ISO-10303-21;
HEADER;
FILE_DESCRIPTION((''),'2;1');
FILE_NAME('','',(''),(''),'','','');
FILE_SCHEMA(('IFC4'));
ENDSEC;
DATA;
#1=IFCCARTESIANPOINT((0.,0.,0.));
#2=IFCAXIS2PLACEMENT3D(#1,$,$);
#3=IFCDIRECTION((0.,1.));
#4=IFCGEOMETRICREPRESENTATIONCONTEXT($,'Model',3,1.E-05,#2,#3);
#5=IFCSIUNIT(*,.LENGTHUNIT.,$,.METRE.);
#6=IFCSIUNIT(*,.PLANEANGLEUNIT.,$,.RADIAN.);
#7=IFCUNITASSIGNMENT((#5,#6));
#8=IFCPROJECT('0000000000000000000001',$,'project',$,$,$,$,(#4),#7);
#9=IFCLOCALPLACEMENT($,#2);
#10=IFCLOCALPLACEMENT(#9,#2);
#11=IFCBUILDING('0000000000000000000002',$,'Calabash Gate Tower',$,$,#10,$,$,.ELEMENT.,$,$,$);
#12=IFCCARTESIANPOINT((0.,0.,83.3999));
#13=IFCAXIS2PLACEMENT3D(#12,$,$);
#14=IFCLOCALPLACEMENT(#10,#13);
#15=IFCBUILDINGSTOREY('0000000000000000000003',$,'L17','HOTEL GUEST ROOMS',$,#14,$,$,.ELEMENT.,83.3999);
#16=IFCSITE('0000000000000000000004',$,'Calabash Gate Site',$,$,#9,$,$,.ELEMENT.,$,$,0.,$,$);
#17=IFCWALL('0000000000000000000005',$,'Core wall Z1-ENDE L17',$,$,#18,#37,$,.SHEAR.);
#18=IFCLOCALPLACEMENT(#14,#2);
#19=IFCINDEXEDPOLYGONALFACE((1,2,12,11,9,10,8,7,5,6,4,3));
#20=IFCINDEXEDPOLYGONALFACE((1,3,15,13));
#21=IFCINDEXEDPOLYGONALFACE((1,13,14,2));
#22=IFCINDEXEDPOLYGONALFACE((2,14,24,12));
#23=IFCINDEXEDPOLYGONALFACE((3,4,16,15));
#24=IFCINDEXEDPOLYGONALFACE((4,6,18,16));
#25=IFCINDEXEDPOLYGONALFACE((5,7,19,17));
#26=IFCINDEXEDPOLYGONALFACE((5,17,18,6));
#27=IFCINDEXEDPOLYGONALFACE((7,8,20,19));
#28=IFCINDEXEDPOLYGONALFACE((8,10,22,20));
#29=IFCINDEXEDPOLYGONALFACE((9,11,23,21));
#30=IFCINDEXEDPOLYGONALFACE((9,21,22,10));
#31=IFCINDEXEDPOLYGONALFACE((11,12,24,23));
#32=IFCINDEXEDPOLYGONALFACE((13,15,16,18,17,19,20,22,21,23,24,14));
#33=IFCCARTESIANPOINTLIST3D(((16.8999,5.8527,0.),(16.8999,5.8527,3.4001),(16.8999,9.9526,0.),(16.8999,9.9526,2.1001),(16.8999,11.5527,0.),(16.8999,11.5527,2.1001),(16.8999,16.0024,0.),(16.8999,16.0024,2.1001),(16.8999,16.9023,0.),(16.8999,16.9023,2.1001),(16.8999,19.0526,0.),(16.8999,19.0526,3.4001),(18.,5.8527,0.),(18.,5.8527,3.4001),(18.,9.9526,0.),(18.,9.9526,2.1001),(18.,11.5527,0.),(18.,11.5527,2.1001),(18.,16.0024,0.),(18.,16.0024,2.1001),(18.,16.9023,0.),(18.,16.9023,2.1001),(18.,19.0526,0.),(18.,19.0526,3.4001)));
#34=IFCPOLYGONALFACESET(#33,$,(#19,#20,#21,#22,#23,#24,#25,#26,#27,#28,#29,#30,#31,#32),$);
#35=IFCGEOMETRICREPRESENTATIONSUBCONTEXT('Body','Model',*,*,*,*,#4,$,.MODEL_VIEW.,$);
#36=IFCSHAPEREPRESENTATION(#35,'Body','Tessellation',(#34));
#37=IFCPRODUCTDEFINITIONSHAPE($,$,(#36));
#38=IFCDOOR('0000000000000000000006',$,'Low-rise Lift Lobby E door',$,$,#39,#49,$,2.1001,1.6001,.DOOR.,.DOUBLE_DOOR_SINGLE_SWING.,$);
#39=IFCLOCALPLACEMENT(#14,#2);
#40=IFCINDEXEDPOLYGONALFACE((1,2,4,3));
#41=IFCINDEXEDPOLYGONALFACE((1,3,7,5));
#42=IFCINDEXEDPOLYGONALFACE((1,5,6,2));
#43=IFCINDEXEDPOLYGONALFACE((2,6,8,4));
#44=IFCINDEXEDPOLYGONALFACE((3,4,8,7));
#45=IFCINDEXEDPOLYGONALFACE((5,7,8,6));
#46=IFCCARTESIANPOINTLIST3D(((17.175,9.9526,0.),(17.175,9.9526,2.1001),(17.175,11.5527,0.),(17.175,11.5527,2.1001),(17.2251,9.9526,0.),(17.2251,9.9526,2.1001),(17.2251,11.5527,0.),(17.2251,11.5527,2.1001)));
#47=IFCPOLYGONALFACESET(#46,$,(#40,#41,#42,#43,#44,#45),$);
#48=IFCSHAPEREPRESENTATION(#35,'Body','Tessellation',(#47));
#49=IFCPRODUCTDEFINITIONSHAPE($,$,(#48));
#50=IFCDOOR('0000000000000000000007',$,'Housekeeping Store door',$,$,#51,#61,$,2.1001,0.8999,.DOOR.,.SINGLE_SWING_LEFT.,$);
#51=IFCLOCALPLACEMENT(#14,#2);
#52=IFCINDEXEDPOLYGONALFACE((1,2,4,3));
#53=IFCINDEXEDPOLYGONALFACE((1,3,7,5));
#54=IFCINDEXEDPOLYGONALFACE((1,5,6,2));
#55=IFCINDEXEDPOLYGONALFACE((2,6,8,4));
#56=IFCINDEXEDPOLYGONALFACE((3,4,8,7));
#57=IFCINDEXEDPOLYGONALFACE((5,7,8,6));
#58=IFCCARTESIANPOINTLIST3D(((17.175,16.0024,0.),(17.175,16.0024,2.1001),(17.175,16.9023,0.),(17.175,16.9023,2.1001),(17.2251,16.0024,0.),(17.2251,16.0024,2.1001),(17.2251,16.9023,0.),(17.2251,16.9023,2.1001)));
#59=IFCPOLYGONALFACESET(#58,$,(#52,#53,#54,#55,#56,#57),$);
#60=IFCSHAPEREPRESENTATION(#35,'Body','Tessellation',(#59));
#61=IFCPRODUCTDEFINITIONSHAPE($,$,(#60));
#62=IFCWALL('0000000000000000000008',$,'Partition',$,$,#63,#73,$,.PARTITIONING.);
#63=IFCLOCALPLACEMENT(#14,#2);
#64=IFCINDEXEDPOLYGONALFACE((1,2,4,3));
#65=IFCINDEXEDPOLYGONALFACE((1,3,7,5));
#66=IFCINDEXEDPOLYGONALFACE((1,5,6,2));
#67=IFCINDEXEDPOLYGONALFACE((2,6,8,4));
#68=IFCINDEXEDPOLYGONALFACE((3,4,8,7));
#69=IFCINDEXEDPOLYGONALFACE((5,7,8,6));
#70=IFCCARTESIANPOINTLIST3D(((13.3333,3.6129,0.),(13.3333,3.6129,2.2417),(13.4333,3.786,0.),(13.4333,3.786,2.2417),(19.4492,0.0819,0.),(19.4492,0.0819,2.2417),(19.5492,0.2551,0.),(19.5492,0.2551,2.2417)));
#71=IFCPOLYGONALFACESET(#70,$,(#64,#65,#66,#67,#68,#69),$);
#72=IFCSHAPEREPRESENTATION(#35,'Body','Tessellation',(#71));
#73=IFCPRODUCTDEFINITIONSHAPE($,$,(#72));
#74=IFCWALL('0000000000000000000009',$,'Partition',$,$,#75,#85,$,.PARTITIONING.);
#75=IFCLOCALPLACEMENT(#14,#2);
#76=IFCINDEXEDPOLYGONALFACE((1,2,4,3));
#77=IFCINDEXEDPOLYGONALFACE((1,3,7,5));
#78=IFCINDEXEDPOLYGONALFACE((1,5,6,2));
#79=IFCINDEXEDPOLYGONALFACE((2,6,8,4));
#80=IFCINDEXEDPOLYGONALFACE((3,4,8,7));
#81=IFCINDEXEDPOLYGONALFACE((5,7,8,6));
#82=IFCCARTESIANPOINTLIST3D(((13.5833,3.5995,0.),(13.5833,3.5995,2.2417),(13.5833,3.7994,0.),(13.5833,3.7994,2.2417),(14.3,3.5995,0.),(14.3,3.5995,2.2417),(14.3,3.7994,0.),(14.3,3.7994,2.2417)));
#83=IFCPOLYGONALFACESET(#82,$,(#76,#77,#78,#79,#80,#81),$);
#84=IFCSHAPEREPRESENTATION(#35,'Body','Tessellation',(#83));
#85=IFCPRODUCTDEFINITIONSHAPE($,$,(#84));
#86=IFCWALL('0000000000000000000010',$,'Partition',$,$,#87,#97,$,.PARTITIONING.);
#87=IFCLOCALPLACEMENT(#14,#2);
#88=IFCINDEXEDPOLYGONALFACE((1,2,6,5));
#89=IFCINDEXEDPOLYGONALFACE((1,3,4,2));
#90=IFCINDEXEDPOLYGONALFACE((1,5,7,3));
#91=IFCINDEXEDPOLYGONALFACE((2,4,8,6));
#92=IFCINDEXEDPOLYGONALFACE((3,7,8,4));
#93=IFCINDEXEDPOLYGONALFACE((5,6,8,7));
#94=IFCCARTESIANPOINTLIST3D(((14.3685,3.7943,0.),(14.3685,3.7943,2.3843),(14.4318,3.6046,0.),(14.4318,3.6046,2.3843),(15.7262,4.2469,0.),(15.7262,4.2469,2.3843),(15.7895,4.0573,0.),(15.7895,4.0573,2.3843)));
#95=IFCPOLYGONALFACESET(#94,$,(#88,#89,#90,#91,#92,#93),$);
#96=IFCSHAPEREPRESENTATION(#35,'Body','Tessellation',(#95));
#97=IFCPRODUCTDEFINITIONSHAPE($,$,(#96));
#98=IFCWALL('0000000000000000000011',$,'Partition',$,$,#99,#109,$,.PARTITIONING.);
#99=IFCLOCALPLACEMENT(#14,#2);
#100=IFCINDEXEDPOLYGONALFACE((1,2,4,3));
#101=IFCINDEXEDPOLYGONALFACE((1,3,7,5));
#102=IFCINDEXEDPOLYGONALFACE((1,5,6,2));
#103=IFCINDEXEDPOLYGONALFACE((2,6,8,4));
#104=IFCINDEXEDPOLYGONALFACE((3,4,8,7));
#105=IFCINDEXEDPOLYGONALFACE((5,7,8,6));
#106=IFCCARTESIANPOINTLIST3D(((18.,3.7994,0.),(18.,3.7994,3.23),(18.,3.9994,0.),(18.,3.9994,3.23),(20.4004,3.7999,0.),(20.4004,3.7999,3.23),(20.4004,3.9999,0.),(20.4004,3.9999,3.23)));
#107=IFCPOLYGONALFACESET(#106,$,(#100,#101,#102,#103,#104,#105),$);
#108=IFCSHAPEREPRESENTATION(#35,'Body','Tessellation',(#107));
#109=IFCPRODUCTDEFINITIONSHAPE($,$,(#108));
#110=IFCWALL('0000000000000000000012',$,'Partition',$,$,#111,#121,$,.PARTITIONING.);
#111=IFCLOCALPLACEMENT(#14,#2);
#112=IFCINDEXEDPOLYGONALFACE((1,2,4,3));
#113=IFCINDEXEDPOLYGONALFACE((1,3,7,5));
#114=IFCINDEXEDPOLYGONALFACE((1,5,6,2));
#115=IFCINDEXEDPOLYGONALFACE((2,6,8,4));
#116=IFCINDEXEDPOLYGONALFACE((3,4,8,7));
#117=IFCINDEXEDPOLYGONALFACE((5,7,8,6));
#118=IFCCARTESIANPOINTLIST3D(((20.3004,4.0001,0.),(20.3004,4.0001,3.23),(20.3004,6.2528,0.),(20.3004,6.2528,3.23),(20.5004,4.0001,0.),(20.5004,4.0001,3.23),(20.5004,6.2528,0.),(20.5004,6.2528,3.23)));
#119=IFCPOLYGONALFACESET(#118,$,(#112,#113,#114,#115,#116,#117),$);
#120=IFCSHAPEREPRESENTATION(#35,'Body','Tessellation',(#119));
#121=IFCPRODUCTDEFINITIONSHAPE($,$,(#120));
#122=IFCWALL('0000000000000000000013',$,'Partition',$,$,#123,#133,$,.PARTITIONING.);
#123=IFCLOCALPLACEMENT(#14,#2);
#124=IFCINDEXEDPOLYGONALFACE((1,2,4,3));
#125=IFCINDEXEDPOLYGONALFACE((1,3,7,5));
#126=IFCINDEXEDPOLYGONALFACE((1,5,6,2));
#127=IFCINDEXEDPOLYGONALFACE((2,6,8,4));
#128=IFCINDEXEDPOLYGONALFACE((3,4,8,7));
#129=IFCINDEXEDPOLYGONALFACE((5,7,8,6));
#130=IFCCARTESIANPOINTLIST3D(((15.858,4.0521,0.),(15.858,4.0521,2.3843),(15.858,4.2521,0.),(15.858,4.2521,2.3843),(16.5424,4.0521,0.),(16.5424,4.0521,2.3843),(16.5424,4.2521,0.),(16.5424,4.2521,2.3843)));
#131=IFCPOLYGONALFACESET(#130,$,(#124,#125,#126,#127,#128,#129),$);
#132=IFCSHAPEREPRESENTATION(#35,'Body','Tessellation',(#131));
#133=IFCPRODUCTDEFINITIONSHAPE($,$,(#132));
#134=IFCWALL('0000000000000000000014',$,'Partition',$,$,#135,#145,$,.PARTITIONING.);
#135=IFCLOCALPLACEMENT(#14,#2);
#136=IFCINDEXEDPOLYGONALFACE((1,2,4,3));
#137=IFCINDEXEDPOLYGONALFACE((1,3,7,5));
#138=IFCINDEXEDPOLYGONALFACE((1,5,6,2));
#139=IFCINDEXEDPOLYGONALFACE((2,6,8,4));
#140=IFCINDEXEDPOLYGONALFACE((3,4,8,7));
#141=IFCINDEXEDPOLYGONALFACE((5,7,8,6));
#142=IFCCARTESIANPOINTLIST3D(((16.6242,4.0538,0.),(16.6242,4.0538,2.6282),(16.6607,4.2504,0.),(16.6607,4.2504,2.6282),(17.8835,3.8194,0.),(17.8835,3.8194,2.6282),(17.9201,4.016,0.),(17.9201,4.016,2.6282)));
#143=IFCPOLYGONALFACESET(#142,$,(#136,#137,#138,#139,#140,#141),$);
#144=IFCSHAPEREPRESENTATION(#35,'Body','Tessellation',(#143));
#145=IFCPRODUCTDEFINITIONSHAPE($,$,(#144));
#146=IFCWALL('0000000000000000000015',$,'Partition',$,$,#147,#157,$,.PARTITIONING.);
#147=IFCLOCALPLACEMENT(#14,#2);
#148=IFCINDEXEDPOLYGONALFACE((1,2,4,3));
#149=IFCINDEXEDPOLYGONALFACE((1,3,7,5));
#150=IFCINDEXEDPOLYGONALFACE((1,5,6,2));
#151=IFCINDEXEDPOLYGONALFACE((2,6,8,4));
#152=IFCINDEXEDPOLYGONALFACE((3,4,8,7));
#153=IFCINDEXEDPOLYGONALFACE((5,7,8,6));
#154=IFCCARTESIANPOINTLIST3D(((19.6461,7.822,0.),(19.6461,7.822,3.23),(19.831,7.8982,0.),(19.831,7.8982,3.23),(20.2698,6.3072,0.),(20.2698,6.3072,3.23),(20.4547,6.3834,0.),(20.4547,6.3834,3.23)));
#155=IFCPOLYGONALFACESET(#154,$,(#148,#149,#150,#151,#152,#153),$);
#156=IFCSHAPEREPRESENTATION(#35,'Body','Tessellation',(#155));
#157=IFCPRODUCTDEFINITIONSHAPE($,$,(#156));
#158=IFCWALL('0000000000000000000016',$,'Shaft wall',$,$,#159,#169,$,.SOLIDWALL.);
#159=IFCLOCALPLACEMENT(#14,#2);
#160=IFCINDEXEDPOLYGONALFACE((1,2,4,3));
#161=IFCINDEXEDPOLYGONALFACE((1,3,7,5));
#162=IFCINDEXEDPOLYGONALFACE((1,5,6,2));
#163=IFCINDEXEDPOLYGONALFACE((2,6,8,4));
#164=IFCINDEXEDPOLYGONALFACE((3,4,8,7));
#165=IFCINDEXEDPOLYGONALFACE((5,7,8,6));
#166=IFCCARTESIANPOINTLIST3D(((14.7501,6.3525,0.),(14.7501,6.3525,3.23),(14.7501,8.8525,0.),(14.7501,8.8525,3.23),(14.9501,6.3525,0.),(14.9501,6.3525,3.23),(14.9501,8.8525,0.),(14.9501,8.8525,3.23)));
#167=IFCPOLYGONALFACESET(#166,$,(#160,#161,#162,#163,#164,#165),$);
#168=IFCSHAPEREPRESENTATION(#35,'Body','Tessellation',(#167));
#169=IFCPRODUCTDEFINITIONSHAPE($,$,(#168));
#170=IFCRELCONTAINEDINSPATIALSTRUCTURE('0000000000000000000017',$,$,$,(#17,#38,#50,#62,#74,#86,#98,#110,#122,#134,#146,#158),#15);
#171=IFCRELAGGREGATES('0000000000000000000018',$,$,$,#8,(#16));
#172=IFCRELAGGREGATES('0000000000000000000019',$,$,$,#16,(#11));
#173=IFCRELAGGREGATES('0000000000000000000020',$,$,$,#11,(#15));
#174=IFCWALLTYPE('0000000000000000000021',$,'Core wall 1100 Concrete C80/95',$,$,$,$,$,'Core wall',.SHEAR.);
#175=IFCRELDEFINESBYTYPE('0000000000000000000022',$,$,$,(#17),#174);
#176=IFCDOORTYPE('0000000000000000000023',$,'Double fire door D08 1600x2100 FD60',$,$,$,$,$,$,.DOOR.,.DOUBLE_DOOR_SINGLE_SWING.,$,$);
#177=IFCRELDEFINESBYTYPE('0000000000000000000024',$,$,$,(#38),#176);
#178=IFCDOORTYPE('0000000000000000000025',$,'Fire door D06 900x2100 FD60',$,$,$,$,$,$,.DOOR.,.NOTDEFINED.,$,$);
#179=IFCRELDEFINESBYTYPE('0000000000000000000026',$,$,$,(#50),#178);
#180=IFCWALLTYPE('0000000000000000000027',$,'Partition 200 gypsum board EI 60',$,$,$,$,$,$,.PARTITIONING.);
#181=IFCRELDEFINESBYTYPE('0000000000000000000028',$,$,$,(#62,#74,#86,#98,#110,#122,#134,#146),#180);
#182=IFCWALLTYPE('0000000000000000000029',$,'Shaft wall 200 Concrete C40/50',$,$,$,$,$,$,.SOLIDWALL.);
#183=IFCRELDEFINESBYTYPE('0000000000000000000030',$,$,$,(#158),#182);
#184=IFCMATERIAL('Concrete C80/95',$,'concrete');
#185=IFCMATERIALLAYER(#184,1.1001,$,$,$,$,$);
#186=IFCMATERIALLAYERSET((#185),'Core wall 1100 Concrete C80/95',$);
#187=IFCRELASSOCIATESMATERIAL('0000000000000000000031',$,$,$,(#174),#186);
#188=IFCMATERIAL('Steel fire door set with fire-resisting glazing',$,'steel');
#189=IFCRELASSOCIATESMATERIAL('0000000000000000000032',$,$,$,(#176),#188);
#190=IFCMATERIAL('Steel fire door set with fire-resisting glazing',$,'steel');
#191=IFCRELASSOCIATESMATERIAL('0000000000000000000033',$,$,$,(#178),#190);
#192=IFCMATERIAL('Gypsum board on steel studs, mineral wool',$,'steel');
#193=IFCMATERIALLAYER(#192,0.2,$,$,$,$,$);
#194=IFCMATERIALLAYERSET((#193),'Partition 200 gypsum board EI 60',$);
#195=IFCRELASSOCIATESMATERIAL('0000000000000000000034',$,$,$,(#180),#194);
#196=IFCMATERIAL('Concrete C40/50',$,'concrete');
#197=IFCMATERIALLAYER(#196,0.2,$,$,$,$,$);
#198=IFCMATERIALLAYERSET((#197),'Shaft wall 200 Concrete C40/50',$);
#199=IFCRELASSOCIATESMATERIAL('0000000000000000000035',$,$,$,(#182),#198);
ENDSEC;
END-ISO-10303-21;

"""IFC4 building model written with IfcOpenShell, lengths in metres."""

from ifc_helpers import new_model, si_unit, direction, frame, frame_2d, origin, place, context, subcontext, project, spatial, rectangle, extrude, material, layer, layer_set, type_object, element, fill, save


model = new_model("IFC4")

# Units and contexts
model_context = context("Model", 3, precision=1e-05, world=origin(), true_north=direction((0.0, 1.0)))
body_context = subcontext(model_context, "Body", "Model", "MODEL_VIEW")
ifc_project = project(units=[si_unit("LENGTHUNIT", "METRE"), si_unit("PLANEANGLEUNIT", "RADIAN")], contexts=[model_context])

# Site, building, storey
site_placement = place(None, origin())
site = spatial("IfcSite", under=ifc_project, at=site_placement, Name="Calabash Gate Site", CompositionType="ELEMENT", RefElevation=0.0)
building_placement = place(site_placement, origin())
building = spatial("IfcBuilding", under=site, at=building_placement, Name="Calabash Gate Tower", CompositionType="ELEMENT")
storey_placement = place(building_placement, frame((0.0, 0.0, 83.3999)))
storey = spatial("IfcBuildingStorey", under=building, at=storey_placement, Name="L17", Description="HOTEL GUEST ROOMS", CompositionType="ELEMENT", Elevation=83.3999)

# Wall, openings, doors
ifc_material_1 = material(Name="Concrete C80/95", Category="concrete")
ifc_layer_1 = layer(ifc_material_1, 1.1001)
ifc_layer_set_1 = layer_set([ifc_layer_1], Name="Core wall 1100 Concrete C80/95")
wall_type_1 = type_object("IfcWallType", Name="Core wall 1100 Concrete C80/95", ElementType="Core wall", PredefinedType="SHEAR", material=ifc_layer_set_1)
wall_1_placement = place(storey_placement, frame((17.45, 5.8525, 0.0), z_axis=(0.0, 0.0, 1.0), x_axis=(0.0, 1.0, 0.0)))
wall_1 = element("IfcWall", 1, at=wall_1_placement, inside=storey, type_object=wall_type_1, Name="Core wall Z1-ENDE L17", PredefinedType="SHEAR", context=body_context, shape_type="SweptSolid", body=[
    extrude(rectangle(XDim=13.2, YDim=1.1001, at=frame_2d((6.6001, 0.0))), origin(), (0.0, 0.0, 1.0), 3.4001),
])
opening_1_placement = place(wall_1_placement, frame((4.1001, 0.0, 0.0)))
opening_1 = element("IfcOpeningElement", 2, at=opening_1_placement, cuts=wall_1, PredefinedType="OPENING", context=body_context, shape_type="SweptSolid", body=[
    extrude(rectangle(XDim=1.6001, YDim=2.1001, at=frame_2d((0.8, 1.05))), frame((0.0, 0.5601, 0.0), z_axis=(0.0, -1.0, 0.0), x_axis=(1.0, 0.0, 0.0)), (0.0, 0.0, 1.0), 1.1201),
])
opening_2_placement = place(wall_1_placement, frame((10.1499, 0.0, 0.0)))
opening_2 = element("IfcOpeningElement", 3, at=opening_2_placement, cuts=wall_1, PredefinedType="OPENING", context=body_context, shape_type="SweptSolid", body=[
    extrude(rectangle(XDim=0.8999, YDim=2.1001, at=frame_2d((0.45, 1.05))), frame((0.0, 0.5601, 0.0), z_axis=(0.0, -1.0, 0.0), x_axis=(1.0, 0.0, 0.0)), (0.0, 0.0, 1.0), 1.1201),
])
ifc_material_2 = material(Name="Steel fire door set with fire-resisting glazing", Category="steel")
door_type_1 = type_object("IfcDoorType", Name="Double fire door D08 1600x2100 FD60", OperationType="DOUBLE_DOOR_SINGLE_SWING", PredefinedType="DOOR", material=ifc_material_2)
door_1_placement = place(opening_1_placement, origin())
door_1 = element("IfcDoor", 4, at=door_1_placement, inside=storey, type_object=door_type_1, Name="Low-rise Lift Lobby E door", OperationType="DOUBLE_DOOR_SINGLE_SWING", OverallHeight=2.1001, OverallWidth=1.6001, PredefinedType="DOOR", context=body_context, shape_type="SweptSolid", body=[
    extrude(rectangle(XDim=1.6001, YDim=2.1001, at=frame_2d((0.8, 1.05))), frame((0.0, 0.2749, 0.0), z_axis=(0.0, -1.0, 0.0), x_axis=(1.0, 0.0, 0.0)), (0.0, 0.0, 1.0), 0.05),
])
fill(opening_1, door_1)
ifc_material_3 = material(Name="Steel fire door set with fire-resisting glazing", Category="steel")
door_type_2 = type_object("IfcDoorType", Name="Fire door D06 900x2100 FD60", OperationType="NOTDEFINED", PredefinedType="DOOR", material=ifc_material_3)
door_2_placement = place(opening_2_placement, origin())
door_2 = element("IfcDoor", 5, at=door_2_placement, inside=storey, type_object=door_type_2, Name="Housekeeping Store door", OperationType="SINGLE_SWING_LEFT", OverallHeight=2.1001, OverallWidth=0.8999, PredefinedType="DOOR", context=body_context, shape_type="SweptSolid", body=[
    extrude(rectangle(XDim=0.8999, YDim=2.1001, at=frame_2d((0.45, 1.05))), frame((0.0, 0.2749, 0.0), z_axis=(0.0, -1.0, 0.0), x_axis=(1.0, 0.0, 0.0)), (0.0, 0.0, 1.0), 0.05),
])
fill(opening_2, door_2)

# Walls
ifc_material_4 = material(Name="Gypsum board on steel studs, mineral wool", Category="steel")
ifc_layer_2 = layer(ifc_material_4, 0.2)
ifc_layer_set_2 = layer_set([ifc_layer_2], Name="Partition 200 gypsum board EI 60")
wall_type_2 = type_object("IfcWallType", Name="Partition 200 gypsum board EI 60", PredefinedType="PARTITIONING", material=ifc_layer_set_2)
wall_2_placement = place(storey_placement, frame((13.3833, 3.6995, 0.0), z_axis=(0.0, 0.0, 1.0), x_axis=(0.866028, -0.499995, 0.0)))
element("IfcWall", 6, at=wall_2_placement, inside=storey, type_object=wall_type_2, Name="Partition", PredefinedType="PARTITIONING", context=body_context, shape_type="SweptSolid", body=[
    extrude(rectangle(XDim=7.062, YDim=0.2, at=frame_2d((3.531, 0.0))), origin(), (0.0, 0.0, 1.0), 2.2417),
])
wall_3_placement = place(storey_placement, frame((13.5833, 3.6995, 0.0), z_axis=(0.0, 0.0, 1.0), x_axis=(1.0, 0.0, 0.0)))
element("IfcWall", 7, at=wall_3_placement, inside=storey, type_object=wall_type_2, Name="Partition", PredefinedType="PARTITIONING", context=body_context, shape_type="SweptSolid", body=[
    extrude(rectangle(XDim=0.7168, YDim=0.2, at=frame_2d((0.3584, 0.0))), origin(), (0.0, 0.0, 1.0), 2.2417),
])
wall_4_placement = place(storey_placement, frame((14.4001, 3.6995, 0.0), z_axis=(0.0, 0.0, 1.0), x_axis=(0.948666, 0.316279, 0.0)))
element("IfcWall", 8, at=wall_4_placement, inside=storey, type_object=wall_type_2, Name="Partition", PredefinedType="PARTITIONING", context=body_context, shape_type="SweptSolid", body=[
    extrude(rectangle(XDim=1.4312, YDim=0.2, at=frame_2d((0.7156, 0.0))), origin(), (0.0, 0.0, 1.0), 2.3843),
])
wall_5_placement = place(storey_placement, frame((18.0, 3.8994, 0.0), z_axis=(0.0, 0.0, 1.0), x_axis=(1.0, 0.000203, 0.0)))
element("IfcWall", 9, at=wall_5_placement, inside=storey, type_object=wall_type_2, Name="Partition", PredefinedType="PARTITIONING", context=body_context, shape_type="SweptSolid", body=[
    extrude(rectangle(XDim=2.4004, YDim=0.2, at=frame_2d((1.2002, 0.0))), origin(), (0.0, 0.0, 1.0), 3.23),
])
wall_6_placement = place(storey_placement, frame((20.4004, 4.0, 0.0), z_axis=(0.0, 0.0, 1.0), x_axis=(0.0, 1.0, 0.0)))
element("IfcWall", 10, at=wall_6_placement, inside=storey, type_object=wall_type_2, Name="Partition", PredefinedType="PARTITIONING", context=body_context, shape_type="SweptSolid", body=[
    extrude(rectangle(XDim=2.2527, YDim=0.2, at=frame_2d((1.1265, 0.0))), origin(), (0.0, 0.0, 1.0), 3.23),
])
wall_7_placement = place(storey_placement, frame((15.8579, 4.1521, 0.0), z_axis=(0.0, 0.0, 1.0), x_axis=(1.0, 0.0, 0.0)))
element("IfcWall", 11, at=wall_7_placement, inside=storey, type_object=wall_type_2, Name="Partition", PredefinedType="PARTITIONING", context=body_context, shape_type="SweptSolid", body=[
    extrude(rectangle(XDim=0.6843, YDim=0.2, at=frame_2d((0.3423, 0.0))), origin(), (0.0, 0.0, 1.0), 2.3843),
])
wall_8_placement = place(storey_placement, frame((16.6423, 4.1521, 0.0), z_axis=(0.0, 0.0, 1.0), x_axis=(0.983117, -0.182976, 0.0)))
element("IfcWall", 12, at=wall_8_placement, inside=storey, type_object=wall_type_2, Name="Partition", PredefinedType="PARTITIONING", context=body_context, shape_type="SweptSolid", body=[
    extrude(rectangle(XDim=1.281, YDim=0.2, at=frame_2d((0.6406, 0.0))), origin(), (0.0, 0.0, 1.0), 2.6282),
])
wall_9_placement = place(storey_placement, frame((19.7385, 7.8601, 0.0), z_axis=(0.0, 0.0, 1.0), x_axis=(0.38075, -0.924678, 0.0)))
element("IfcWall", 13, at=wall_9_placement, inside=storey, type_object=wall_type_2, Name="Partition", PredefinedType="PARTITIONING", context=body_context, shape_type="SweptSolid", body=[
    extrude(rectangle(XDim=1.6382, YDim=0.2, at=frame_2d((0.8191, 0.0))), origin(), (0.0, 0.0, 1.0), 3.23),
])
ifc_material_5 = material(Name="Concrete C40/50", Category="concrete")
ifc_layer_3 = layer(ifc_material_5, 0.2)
ifc_layer_set_3 = layer_set([ifc_layer_3], Name="Shaft wall 200 Concrete C40/50")
wall_type_3 = type_object("IfcWallType", Name="Shaft wall 200 Concrete C40/50", PredefinedType="SOLIDWALL", material=ifc_layer_set_3)
wall_10_placement = place(storey_placement, frame((14.8501, 6.3525, 0.0), z_axis=(0.0, 0.0, 1.0), x_axis=(0.0, 1.0, 0.0)))
element("IfcWall", 14, at=wall_10_placement, inside=storey, type_object=wall_type_3, Name="Shaft wall", PredefinedType="SOLIDWALL", context=body_context, shape_type="SweptSolid", body=[
    extrude(rectangle(XDim=2.5, YDim=0.2, at=frame_2d((1.25, 0.0))), origin(), (0.0, 0.0, 1.0), 3.23),
])

save(model, "model.ifc")
